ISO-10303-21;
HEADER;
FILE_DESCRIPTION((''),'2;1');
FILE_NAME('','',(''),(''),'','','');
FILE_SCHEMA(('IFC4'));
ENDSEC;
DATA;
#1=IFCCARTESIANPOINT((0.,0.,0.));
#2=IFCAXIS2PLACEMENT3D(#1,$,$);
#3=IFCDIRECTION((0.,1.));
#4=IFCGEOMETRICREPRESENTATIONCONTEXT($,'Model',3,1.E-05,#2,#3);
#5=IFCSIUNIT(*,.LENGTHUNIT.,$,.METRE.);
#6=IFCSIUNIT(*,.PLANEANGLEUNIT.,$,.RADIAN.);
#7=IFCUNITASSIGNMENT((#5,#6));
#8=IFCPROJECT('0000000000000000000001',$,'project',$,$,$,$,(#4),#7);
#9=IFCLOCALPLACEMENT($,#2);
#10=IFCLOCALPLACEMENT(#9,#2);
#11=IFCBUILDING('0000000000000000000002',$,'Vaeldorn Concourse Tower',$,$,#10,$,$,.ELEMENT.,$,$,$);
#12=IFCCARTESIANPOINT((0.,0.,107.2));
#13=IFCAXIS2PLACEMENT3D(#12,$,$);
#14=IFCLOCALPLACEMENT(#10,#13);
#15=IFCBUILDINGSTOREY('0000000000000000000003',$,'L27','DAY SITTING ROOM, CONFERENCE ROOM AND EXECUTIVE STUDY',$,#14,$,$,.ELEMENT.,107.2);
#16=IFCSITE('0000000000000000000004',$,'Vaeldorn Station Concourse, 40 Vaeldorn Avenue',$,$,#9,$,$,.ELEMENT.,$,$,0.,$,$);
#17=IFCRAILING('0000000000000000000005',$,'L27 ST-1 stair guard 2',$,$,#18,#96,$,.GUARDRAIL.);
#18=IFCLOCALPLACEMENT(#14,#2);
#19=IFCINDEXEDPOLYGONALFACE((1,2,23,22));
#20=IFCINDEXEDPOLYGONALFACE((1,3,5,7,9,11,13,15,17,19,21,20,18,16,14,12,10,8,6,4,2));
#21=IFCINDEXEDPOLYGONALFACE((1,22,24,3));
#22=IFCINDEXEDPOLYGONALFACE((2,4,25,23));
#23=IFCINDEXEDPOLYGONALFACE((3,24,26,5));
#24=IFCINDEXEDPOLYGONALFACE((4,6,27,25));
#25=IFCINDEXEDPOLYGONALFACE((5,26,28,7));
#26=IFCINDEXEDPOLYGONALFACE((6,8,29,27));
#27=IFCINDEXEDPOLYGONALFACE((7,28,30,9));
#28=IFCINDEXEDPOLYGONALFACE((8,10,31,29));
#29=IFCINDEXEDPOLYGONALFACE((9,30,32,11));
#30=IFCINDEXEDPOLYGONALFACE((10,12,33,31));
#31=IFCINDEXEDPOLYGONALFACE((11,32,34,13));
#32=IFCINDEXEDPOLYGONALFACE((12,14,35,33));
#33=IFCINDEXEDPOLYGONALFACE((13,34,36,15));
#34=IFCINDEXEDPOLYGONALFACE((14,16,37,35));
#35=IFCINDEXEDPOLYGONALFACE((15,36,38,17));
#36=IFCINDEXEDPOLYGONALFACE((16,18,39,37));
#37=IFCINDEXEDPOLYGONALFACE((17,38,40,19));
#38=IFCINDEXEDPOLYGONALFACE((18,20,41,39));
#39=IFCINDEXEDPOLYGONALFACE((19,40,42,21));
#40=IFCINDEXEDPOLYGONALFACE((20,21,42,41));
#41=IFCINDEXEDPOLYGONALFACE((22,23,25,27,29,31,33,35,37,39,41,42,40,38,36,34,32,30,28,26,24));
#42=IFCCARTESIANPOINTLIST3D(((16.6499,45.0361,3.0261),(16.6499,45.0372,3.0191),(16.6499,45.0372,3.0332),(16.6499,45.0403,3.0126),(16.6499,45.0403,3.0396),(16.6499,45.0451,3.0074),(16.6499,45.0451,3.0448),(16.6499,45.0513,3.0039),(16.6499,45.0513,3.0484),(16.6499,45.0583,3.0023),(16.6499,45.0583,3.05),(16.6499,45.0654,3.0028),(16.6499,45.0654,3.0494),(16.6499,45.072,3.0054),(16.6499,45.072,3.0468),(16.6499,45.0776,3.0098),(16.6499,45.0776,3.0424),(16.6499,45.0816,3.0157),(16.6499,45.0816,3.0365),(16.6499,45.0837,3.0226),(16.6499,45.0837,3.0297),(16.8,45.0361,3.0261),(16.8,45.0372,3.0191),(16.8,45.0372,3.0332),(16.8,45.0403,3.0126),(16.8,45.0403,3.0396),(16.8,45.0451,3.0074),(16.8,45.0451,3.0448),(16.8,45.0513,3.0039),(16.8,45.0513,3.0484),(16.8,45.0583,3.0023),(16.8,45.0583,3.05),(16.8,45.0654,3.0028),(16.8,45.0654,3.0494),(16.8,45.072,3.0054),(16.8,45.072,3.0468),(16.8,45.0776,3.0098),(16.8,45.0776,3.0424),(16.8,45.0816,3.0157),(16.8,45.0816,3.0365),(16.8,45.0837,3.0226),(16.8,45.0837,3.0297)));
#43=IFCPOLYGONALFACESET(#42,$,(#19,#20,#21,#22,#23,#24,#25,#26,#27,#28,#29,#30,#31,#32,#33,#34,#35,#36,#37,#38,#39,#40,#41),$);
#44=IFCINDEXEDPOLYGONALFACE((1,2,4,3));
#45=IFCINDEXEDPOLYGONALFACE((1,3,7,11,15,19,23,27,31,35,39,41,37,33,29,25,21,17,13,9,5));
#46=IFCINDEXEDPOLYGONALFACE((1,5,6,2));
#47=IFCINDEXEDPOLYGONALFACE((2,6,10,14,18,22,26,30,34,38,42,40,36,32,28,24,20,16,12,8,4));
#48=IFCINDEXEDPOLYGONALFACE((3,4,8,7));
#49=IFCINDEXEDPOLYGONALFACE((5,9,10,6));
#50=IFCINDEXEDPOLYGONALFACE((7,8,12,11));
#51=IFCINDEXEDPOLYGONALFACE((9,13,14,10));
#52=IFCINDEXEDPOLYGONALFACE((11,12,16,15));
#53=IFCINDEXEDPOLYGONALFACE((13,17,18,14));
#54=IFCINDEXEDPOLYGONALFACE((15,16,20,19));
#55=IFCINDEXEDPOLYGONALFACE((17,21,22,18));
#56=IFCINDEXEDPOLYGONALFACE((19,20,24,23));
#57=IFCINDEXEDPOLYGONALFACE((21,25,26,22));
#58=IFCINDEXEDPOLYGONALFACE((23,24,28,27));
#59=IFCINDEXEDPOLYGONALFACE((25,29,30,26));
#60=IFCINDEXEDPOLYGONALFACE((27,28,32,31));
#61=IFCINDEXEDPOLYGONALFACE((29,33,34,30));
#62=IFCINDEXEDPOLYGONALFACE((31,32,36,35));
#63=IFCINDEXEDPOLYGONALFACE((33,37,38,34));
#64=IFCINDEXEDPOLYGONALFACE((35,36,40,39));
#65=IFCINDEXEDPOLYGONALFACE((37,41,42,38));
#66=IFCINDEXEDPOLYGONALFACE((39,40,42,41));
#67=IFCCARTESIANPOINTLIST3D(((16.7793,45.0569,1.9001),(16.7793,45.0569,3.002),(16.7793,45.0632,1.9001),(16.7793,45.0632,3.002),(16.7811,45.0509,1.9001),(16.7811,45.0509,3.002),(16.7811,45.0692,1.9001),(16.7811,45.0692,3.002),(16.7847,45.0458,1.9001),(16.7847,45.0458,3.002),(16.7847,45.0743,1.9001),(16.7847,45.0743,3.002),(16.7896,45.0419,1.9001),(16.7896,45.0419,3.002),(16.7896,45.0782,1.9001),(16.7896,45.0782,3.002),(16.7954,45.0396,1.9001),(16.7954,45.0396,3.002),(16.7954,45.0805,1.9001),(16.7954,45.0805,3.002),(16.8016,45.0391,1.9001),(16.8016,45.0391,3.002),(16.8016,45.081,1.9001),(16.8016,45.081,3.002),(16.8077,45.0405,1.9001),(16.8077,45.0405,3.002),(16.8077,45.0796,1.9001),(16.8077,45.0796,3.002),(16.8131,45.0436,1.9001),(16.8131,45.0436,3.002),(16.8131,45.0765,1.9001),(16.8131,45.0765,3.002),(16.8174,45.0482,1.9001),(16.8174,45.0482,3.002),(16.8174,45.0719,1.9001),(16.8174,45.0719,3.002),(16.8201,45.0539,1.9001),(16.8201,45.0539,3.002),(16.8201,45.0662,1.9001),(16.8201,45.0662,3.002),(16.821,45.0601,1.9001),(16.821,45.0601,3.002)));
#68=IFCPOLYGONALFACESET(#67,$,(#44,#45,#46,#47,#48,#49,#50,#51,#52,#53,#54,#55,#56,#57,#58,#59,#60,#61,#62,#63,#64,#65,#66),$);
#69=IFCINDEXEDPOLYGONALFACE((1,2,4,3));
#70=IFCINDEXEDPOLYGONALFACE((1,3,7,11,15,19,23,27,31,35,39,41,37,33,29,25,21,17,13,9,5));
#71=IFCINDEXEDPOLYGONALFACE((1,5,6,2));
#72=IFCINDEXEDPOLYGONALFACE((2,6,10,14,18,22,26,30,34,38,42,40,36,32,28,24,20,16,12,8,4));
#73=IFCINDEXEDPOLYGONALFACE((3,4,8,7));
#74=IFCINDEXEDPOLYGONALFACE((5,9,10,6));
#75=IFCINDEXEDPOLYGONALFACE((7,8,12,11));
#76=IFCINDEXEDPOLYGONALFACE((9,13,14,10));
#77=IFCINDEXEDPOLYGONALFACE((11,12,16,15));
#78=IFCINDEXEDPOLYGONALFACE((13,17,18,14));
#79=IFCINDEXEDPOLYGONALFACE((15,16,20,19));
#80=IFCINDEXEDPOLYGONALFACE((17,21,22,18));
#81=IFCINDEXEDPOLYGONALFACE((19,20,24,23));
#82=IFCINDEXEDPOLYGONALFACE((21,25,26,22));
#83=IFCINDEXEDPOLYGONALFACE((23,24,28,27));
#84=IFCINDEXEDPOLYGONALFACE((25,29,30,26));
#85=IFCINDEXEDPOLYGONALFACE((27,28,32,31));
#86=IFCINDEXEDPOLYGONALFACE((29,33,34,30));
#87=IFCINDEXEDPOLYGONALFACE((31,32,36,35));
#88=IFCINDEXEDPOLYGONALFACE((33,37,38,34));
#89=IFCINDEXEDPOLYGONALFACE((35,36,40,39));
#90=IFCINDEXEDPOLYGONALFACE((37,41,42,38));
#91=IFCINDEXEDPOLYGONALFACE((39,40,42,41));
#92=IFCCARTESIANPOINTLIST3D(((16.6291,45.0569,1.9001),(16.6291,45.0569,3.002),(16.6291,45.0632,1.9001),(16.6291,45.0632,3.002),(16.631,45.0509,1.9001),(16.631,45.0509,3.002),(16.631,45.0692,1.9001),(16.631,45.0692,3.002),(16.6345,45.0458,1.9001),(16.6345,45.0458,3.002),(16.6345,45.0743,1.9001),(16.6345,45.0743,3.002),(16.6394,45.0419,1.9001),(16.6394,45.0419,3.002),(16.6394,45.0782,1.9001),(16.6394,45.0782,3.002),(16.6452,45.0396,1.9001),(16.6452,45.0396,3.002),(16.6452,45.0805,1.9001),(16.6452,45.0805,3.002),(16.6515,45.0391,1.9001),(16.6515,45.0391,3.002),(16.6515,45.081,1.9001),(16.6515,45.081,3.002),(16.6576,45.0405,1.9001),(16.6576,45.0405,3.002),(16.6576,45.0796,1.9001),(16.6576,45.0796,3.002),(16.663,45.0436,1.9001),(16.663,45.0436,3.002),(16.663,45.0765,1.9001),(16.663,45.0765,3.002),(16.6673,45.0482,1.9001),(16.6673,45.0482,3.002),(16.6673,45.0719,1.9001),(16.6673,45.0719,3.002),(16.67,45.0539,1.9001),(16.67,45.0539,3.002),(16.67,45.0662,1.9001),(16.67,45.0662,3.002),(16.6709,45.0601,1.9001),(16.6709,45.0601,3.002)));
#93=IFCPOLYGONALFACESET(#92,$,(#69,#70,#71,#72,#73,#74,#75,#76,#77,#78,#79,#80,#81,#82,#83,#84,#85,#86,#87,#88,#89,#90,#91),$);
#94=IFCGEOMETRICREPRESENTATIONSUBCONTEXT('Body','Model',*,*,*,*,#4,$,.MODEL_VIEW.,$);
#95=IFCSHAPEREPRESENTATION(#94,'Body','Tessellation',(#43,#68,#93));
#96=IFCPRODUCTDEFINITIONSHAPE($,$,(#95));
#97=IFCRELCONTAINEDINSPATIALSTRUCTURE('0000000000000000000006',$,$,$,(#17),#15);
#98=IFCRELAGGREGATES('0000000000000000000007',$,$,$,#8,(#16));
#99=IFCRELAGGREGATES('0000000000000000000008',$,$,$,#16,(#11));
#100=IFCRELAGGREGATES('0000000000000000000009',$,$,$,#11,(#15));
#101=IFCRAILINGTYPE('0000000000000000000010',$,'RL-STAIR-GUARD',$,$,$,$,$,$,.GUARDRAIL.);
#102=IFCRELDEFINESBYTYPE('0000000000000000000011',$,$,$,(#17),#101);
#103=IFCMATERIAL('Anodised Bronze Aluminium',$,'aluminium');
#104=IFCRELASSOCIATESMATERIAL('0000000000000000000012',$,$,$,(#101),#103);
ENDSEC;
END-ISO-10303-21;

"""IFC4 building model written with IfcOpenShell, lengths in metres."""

from ifc_helpers import new_model, si_unit, direction, frame, origin, origin_2d, place, context, subcontext, project, spatial, circle, extrude, material, type_object, element, save


model = new_model("IFC4")

# Units and contexts
model_context = context("Model", 3, precision=1e-05, world=origin(), true_north=direction((0.0, 1.0)))
body_context = subcontext(model_context, "Body", "Model", "MODEL_VIEW")
ifc_project = project(units=[si_unit("LENGTHUNIT", "METRE"), si_unit("PLANEANGLEUNIT", "RADIAN")], contexts=[model_context])

# Site, building, storey
site_placement = place(None, origin())
site = spatial("IfcSite", under=ifc_project, at=site_placement, Name="Vaeldorn Station Concourse, 40 Vaeldorn Avenue", CompositionType="ELEMENT", RefElevation=0.0)
building_placement = place(site_placement, origin())
building = spatial("IfcBuilding", under=site, at=building_placement, Name="Vaeldorn Concourse Tower", CompositionType="ELEMENT")
storey_placement = place(building_placement, frame((0.0, 0.0, 107.2)))
storey = spatial("IfcBuildingStorey", under=building, at=storey_placement, Name="L27", Description="DAY SITTING ROOM, CONFERENCE ROOM AND EXECUTIVE STUDY", CompositionType="ELEMENT", Elevation=107.2)

# Shared definitions
ifc_material_1 = material(Name="Anodised Bronze Aluminium", Category="aluminium")

# Railing
railing_type_1 = type_object("IfcRailingType", Name="RL-STAIR-GUARD", PredefinedType="GUARDRAIL", material=ifc_material_1)
railing_1_placement = place(storey_placement, frame((16.8, 45.0601, 1.9001)))
element("IfcRailing", 1, at=railing_1_placement, inside=storey, type_object=railing_type_1, Name="L27 ST-1 stair guard 2", PredefinedType="GUARDRAIL", context=body_context, shape_type="SweptSolid", body=[
    extrude(circle(Radius=0.0239, at=origin_2d()), frame((0.0, 0.0, 1.126), z_axis=(-1.0, 0.0, 0.0), x_axis=(0.0, -1.0, 0.0)), (0.0, 0.0, 1.0), 0.1501),
    extrude(circle(Radius=0.021, at=origin_2d()), origin(), (0.0, 0.0, 1.0), 1.1018),
    extrude(circle(Radius=0.021, at=origin_2d()), frame((-0.1501, 0.0, 0.0)), (0.0, 0.0, 1.0), 1.1018),
])

save(model, "model.ifc")
